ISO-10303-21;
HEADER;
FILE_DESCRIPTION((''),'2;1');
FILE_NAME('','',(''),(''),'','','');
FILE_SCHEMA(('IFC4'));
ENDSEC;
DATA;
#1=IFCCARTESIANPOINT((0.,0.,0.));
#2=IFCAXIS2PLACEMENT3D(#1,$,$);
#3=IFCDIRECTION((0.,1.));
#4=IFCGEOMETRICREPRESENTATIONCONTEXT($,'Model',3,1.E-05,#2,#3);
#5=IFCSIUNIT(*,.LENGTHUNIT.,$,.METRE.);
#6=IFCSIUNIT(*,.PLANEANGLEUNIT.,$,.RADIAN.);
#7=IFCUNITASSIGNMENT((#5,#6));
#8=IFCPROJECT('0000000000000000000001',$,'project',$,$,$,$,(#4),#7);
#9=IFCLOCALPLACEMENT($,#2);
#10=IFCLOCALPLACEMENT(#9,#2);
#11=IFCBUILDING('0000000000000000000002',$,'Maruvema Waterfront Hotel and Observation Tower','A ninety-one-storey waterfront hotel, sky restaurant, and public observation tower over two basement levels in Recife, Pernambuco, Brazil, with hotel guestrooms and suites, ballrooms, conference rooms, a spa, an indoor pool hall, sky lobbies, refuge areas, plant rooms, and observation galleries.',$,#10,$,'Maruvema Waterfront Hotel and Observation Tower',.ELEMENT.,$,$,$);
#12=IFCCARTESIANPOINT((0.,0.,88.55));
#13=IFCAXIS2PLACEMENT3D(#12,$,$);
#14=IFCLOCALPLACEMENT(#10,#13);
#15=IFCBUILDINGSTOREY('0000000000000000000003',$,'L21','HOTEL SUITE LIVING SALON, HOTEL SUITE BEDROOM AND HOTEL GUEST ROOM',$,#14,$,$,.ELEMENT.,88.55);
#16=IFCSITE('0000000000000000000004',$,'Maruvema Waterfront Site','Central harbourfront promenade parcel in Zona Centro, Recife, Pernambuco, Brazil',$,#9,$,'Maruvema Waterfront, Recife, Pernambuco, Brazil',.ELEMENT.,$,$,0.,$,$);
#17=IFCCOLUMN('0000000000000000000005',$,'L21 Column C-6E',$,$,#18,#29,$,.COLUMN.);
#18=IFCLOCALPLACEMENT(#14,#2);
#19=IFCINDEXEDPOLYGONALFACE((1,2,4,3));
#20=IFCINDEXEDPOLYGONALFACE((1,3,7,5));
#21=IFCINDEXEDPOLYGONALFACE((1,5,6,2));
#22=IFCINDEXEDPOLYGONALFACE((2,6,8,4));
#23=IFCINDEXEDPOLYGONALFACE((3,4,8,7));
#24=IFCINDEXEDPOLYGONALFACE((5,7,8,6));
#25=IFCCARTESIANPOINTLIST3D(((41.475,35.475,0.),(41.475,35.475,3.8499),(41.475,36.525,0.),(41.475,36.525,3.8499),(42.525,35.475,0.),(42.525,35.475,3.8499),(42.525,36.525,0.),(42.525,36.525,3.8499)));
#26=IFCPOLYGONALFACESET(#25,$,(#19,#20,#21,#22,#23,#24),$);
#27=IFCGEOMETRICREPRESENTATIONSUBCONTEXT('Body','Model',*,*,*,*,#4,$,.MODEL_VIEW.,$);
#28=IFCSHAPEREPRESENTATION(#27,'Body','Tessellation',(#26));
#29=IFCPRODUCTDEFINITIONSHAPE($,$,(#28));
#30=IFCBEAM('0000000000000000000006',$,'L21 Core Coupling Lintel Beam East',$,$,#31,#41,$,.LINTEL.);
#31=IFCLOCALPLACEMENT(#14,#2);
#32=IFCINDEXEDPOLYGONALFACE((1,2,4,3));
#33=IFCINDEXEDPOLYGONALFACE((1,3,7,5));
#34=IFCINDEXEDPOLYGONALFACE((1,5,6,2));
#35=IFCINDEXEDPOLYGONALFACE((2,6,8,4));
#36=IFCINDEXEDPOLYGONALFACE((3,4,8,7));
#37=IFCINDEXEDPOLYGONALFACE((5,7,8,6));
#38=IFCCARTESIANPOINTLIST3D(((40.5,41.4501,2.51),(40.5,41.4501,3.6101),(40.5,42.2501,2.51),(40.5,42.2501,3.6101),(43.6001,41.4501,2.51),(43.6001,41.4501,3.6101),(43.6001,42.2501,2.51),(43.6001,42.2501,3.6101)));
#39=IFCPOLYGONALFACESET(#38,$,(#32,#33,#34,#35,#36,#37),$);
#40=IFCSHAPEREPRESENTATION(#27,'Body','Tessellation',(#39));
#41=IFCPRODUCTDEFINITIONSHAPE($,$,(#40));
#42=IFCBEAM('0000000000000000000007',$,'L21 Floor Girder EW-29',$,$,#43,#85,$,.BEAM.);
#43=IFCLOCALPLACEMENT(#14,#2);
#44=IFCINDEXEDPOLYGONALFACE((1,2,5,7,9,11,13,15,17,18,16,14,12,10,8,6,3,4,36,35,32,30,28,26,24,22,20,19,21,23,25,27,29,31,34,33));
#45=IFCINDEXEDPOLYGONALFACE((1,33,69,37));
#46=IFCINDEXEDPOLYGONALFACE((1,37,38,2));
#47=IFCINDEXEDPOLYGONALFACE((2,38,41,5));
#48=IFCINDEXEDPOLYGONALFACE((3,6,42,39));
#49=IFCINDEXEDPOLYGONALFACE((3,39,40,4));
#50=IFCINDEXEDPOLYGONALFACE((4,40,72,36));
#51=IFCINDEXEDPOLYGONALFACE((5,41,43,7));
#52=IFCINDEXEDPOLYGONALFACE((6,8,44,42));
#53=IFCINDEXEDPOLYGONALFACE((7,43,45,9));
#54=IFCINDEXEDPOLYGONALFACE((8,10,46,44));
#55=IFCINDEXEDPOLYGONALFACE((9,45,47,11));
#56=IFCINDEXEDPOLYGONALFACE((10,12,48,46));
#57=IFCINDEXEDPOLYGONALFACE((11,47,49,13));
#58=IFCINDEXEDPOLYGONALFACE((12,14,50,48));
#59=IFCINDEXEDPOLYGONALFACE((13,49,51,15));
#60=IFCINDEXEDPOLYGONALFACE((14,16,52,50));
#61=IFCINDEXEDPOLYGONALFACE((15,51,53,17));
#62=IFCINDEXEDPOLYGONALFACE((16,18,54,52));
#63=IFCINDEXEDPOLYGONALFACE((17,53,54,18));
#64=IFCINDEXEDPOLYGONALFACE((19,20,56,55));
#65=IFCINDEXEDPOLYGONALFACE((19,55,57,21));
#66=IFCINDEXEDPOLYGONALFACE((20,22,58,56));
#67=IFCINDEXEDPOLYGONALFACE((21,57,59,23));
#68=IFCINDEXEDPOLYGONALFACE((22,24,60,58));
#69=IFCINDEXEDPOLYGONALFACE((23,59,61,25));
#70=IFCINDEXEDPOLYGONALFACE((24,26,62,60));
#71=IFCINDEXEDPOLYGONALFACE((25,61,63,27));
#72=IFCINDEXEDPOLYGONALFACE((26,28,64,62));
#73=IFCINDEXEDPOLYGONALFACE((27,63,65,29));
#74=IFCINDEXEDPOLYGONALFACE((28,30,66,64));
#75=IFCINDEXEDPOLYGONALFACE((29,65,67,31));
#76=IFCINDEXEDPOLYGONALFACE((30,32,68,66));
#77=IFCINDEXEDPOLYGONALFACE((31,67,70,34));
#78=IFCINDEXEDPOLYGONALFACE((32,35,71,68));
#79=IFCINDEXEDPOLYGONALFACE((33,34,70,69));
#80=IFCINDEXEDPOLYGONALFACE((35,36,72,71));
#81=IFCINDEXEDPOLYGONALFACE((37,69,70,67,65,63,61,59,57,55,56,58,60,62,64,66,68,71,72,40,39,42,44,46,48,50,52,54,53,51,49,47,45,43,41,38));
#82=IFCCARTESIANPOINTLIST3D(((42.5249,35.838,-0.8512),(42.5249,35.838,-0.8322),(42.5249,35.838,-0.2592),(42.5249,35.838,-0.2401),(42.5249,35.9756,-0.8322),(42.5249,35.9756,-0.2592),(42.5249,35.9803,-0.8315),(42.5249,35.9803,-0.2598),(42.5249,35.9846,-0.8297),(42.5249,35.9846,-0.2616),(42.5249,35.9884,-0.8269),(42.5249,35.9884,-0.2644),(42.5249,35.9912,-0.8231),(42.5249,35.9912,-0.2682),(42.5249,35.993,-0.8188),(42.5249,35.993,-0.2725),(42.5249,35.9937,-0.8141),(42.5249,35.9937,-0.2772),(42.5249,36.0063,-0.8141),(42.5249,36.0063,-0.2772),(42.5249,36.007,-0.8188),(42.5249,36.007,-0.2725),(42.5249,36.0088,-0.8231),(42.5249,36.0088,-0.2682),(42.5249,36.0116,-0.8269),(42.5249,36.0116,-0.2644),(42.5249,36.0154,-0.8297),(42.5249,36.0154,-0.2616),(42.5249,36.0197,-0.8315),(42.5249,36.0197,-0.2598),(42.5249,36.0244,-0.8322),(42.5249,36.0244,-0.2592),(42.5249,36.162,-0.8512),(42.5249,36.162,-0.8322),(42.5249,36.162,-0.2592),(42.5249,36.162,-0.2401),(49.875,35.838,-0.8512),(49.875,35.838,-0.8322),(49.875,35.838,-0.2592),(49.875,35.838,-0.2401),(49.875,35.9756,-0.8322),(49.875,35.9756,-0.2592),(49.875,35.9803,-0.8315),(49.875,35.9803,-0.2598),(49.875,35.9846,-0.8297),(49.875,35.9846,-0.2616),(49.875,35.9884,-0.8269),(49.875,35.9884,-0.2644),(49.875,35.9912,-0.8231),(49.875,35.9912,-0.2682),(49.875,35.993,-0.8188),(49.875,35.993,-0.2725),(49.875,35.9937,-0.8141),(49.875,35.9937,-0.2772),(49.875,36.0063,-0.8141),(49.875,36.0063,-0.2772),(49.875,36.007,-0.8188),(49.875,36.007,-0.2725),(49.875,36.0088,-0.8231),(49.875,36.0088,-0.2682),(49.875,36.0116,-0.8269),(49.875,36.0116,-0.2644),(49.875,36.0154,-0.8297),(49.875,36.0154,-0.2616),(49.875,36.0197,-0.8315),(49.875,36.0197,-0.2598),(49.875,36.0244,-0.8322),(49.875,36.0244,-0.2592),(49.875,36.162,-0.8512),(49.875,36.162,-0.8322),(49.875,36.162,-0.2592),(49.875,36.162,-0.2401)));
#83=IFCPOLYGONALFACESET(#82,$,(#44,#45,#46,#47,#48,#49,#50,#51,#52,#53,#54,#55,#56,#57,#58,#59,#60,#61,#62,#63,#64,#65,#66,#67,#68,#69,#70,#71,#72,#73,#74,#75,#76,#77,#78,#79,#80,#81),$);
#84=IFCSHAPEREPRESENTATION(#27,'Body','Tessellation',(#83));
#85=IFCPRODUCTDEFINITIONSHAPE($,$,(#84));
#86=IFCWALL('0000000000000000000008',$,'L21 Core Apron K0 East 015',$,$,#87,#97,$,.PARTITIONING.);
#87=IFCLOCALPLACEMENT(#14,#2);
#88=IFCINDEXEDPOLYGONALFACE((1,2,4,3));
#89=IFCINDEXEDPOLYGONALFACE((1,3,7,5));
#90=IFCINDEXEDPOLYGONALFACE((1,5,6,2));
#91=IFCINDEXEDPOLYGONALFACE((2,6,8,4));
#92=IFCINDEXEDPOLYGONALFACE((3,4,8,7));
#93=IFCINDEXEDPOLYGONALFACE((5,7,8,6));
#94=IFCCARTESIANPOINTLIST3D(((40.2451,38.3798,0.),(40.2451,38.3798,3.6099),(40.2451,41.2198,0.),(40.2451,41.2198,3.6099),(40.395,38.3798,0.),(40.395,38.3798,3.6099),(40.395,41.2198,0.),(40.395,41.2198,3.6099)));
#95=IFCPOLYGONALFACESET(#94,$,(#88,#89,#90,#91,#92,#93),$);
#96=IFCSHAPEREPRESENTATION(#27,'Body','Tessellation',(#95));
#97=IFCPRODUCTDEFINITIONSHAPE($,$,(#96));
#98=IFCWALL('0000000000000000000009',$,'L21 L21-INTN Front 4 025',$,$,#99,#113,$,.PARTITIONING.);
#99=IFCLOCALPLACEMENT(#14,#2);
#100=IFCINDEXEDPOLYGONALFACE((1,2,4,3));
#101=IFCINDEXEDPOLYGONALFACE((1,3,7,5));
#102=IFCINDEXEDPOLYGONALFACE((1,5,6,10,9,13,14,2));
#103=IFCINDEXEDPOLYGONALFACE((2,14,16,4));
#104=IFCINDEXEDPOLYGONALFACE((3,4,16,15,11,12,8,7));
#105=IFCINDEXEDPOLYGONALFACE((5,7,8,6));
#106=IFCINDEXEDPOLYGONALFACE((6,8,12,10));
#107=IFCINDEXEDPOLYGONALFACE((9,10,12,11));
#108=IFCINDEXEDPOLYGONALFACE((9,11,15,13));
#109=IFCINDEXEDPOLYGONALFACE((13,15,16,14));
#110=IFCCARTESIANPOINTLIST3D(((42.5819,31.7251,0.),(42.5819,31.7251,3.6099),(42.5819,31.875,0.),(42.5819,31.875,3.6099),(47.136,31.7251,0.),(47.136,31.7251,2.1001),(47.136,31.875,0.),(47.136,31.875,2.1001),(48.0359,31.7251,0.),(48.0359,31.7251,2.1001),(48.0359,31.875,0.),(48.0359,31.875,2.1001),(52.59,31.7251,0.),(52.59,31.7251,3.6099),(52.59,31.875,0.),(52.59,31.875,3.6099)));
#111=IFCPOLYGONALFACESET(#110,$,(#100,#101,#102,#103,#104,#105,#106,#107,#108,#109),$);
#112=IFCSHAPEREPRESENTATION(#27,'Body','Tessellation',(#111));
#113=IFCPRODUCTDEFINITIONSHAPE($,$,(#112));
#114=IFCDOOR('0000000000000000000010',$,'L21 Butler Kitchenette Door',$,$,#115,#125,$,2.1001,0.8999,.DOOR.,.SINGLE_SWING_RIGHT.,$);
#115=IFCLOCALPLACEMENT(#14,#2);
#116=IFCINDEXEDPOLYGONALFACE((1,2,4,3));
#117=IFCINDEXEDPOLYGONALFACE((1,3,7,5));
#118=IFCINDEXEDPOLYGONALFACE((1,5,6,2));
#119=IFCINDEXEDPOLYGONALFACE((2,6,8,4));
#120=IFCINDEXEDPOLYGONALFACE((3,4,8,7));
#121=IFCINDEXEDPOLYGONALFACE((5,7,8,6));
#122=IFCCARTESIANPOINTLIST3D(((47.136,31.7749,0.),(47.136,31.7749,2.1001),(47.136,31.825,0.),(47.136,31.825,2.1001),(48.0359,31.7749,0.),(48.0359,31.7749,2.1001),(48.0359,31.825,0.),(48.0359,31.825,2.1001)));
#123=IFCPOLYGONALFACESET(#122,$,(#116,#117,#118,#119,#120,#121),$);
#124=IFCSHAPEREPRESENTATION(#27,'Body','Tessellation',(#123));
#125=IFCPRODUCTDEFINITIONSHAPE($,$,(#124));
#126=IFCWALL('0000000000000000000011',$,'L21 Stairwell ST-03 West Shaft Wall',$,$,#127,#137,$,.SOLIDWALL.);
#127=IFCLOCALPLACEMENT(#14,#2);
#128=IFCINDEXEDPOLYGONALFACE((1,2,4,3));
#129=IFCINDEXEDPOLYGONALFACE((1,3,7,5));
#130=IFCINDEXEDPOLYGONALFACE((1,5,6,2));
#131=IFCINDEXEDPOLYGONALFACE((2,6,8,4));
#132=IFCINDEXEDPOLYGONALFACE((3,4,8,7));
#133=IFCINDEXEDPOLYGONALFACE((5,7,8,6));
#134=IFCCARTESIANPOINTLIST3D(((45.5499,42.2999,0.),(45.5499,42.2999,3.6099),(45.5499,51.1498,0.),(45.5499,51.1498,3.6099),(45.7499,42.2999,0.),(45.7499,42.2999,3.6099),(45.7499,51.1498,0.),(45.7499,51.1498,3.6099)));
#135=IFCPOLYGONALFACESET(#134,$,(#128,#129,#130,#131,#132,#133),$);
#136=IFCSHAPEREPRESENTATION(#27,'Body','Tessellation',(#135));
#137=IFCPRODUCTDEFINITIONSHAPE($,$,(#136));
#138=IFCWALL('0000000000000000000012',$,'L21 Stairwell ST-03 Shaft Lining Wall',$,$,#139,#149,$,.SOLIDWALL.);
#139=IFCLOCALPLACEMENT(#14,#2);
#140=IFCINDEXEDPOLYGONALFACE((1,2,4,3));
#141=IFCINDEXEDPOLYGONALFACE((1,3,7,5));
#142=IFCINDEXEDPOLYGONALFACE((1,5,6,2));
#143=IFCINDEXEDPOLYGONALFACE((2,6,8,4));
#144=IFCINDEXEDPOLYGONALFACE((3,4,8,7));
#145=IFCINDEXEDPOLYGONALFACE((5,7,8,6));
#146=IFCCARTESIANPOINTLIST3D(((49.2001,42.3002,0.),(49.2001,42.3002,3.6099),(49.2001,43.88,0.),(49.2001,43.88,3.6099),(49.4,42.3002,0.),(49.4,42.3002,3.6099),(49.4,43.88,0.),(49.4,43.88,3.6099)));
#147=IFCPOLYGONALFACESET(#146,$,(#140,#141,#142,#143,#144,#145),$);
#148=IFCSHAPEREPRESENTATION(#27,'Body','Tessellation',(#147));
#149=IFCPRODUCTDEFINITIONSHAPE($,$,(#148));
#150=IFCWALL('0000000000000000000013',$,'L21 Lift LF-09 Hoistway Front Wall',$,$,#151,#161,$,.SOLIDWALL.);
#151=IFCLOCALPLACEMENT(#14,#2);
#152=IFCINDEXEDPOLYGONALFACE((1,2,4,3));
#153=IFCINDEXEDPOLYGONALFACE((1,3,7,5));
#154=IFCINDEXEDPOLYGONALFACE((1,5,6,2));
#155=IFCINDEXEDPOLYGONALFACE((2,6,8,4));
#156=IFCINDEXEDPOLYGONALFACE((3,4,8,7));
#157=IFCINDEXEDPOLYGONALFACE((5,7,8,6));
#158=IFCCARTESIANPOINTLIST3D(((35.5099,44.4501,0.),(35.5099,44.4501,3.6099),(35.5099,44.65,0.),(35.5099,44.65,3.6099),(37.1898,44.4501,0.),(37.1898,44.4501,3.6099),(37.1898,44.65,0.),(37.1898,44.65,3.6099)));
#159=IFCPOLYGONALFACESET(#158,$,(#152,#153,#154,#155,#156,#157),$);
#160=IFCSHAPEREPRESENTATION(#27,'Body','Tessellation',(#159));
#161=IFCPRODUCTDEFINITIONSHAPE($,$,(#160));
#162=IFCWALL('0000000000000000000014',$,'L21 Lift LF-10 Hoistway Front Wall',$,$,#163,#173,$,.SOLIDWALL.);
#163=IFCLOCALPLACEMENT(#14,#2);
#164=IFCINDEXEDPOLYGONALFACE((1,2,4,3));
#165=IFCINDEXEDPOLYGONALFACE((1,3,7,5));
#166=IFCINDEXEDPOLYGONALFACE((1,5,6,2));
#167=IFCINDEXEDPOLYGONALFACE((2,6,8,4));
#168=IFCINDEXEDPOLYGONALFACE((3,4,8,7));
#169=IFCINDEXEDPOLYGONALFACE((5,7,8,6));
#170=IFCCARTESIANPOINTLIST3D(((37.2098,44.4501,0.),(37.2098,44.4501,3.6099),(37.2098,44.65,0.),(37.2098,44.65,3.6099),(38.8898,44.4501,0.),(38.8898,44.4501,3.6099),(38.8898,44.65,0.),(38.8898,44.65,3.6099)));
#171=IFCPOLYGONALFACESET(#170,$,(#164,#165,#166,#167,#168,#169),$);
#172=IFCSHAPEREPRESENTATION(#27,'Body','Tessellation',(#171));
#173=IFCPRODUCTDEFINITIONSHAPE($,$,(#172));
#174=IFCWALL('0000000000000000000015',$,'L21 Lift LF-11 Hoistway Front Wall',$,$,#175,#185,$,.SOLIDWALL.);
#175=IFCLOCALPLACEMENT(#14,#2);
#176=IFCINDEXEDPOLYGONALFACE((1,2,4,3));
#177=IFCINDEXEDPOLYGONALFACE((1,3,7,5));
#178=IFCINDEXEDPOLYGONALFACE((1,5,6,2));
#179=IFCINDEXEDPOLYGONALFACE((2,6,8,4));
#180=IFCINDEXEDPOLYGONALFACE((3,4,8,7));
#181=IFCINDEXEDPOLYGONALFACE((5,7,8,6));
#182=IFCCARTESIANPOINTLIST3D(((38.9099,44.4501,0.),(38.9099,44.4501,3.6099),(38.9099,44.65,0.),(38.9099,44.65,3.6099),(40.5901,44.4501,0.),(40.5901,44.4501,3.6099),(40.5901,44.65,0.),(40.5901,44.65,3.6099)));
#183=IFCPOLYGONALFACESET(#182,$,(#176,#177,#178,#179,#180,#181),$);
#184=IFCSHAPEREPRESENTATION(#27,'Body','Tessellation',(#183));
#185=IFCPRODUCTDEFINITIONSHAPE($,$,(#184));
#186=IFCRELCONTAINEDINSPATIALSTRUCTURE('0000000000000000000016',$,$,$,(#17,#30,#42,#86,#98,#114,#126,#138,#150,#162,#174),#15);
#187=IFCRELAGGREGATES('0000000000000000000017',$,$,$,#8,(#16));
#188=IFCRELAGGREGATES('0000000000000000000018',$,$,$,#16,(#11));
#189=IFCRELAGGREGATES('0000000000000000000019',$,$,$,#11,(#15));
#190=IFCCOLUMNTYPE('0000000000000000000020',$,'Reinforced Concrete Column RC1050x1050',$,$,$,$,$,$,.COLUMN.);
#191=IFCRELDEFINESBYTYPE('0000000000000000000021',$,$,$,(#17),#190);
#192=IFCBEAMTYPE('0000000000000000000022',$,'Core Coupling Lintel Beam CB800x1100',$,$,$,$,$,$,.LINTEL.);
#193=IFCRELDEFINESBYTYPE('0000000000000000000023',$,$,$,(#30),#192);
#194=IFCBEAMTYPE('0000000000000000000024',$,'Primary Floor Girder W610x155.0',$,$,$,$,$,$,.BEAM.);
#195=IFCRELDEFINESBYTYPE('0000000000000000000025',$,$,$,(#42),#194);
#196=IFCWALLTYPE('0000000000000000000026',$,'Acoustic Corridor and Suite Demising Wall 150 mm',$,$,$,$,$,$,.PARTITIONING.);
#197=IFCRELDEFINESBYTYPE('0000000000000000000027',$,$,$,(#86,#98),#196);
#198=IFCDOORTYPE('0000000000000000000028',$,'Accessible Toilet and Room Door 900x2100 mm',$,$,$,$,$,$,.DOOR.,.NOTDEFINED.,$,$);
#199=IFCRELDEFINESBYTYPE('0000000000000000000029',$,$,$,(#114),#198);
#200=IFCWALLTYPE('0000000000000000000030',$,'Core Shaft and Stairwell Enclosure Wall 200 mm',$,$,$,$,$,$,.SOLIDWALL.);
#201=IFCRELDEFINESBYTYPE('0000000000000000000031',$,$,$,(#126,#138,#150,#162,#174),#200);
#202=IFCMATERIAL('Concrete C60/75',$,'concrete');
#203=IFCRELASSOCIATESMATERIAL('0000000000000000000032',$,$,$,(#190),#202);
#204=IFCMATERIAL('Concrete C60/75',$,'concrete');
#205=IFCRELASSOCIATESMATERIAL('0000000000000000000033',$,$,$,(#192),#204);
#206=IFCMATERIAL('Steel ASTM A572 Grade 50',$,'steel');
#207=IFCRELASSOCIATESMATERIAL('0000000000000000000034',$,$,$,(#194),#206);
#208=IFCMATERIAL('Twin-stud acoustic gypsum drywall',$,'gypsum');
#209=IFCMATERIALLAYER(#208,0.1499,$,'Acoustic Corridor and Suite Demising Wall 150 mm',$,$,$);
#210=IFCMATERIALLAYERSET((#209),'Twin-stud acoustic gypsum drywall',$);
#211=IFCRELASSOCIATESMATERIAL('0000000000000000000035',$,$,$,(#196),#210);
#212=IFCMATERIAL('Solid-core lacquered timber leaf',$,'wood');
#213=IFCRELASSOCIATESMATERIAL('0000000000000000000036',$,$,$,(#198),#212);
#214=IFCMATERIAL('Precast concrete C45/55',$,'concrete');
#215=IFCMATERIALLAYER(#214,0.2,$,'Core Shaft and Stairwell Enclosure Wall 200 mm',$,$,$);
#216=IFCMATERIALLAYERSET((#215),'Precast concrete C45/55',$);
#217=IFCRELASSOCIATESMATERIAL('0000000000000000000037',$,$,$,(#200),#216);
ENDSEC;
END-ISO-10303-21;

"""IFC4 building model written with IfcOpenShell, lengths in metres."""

from ifc_helpers import new_model, si_unit, direction, frame, frame_2d, origin, origin_2d, place, context, subcontext, project, spatial, rectangle, i_section, extrude, material, layer, layer_set, material_profile, profile_set, type_object, element, fill, save


model = new_model("IFC4")

# Units and contexts
model_context = context("Model", 3, precision=1e-05, world=origin(), true_north=direction((0.0, 1.0)))
body_context = subcontext(model_context, "Body", "Model", "MODEL_VIEW")
ifc_project = project(units=[si_unit("LENGTHUNIT", "METRE"), si_unit("PLANEANGLEUNIT", "RADIAN")], contexts=[model_context])

# Site, building, storey
site_placement = place(None, origin())
site = spatial("IfcSite", under=ifc_project, at=site_placement, Name="Maruvema Waterfront Site", Description="Central harbourfront promenade parcel in Zona Centro, Recife, Pernambuco, Brazil", LongName="Maruvema Waterfront, Recife, Pernambuco, Brazil", CompositionType="ELEMENT", RefElevation=0.0)
building_placement = place(site_placement, origin())
building = spatial("IfcBuilding", under=site, at=building_placement, Name="Maruvema Waterfront Hotel and Observation Tower", Description="A ninety-one-storey waterfront hotel, sky restaurant, and public observation tower over two basement levels in Recife, Pernambuco, Brazil, with hotel guestrooms and suites, ballrooms, conference rooms, a spa, an indoor pool hall, sky lobbies, refuge areas, plant rooms, and observation galleries.", LongName="Maruvema Waterfront Hotel and Observation Tower", CompositionType="ELEMENT")
storey_placement = place(building_placement, frame((0.0, 0.0, 88.55)))
storey = spatial("IfcBuildingStorey", under=building, at=storey_placement, Name="L21", Description="HOTEL SUITE LIVING SALON, HOTEL SUITE BEDROOM AND HOTEL GUEST ROOM", CompositionType="ELEMENT", Elevation=88.55)

# Column
ifc_material_1 = material(Name="Concrete C60/75", Category="concrete")
ifc_material_profile_1 = material_profile(ifc_material_1, rectangle(XDim=1.05, YDim=1.05, at=origin_2d()), Name="RC1050x1050")
ifc_profile_set_1 = profile_set([ifc_material_profile_1], Name="Concrete C60/75")
column_type = type_object("IfcColumnType", Name="Reinforced Concrete Column RC1050x1050", PredefinedType="COLUMN", material=ifc_profile_set_1)
column_placement = place(storey_placement, frame((42.0, 36.0, 0.0), z_axis=(0.0, 0.0, 1.0), x_axis=(1.0, 0.0, 0.0)))
element("IfcColumn", 1, at=column_placement, inside=storey, type_object=column_type, Name="L21 Column C-6E", PredefinedType="COLUMN", context=body_context, shape_type="SweptSolid", body=[
    extrude(rectangle(XDim=1.05, YDim=1.05, at=origin_2d()), origin(), (0.0, 0.0, 1.0), 3.8499),
])

# Beams
ifc_material_2 = material(Name="Concrete C60/75", Category="concrete")
ifc_material_profile_2 = material_profile(ifc_material_2, rectangle(XDim=0.8, YDim=1.1001, at=origin_2d()), Name="CB800x1100")
ifc_profile_set_2 = profile_set([ifc_material_profile_2], Name="Concrete C60/75")
beam_type_1 = type_object("IfcBeamType", Name="Core Coupling Lintel Beam CB800x1100", PredefinedType="LINTEL", material=ifc_profile_set_2)
beam_1_placement = place(storey_placement, frame((40.5, 41.8501, 3.0601), z_axis=(1.0, 0.0, 0.0), x_axis=(0.0, 1.0, 0.0)))
element("IfcBeam", 2, at=beam_1_placement, inside=storey, type_object=beam_type_1, Name="L21 Core Coupling Lintel Beam East", PredefinedType="LINTEL", context=body_context, shape_type="SweptSolid", body=[
    extrude(rectangle(XDim=0.8, YDim=1.1001, at=origin_2d()), origin(), (0.0, 0.0, 1.0), 3.1001),
])
ifc_material_3 = material(Name="Steel ASTM A572 Grade 50", Category="steel")
ifc_material_profile_3 = material_profile(ifc_material_3, i_section(OverallWidth=0.324, OverallDepth=0.6111, WebThickness=0.0127, FlangeThickness=0.019, FilletRadius=0.0181, at=origin_2d()), Name="W610x155.0")
ifc_profile_set_3 = profile_set([ifc_material_profile_3], Name="Steel ASTM A572 Grade 50")
beam_type_2 = type_object("IfcBeamType", Name="Primary Floor Girder W610x155.0", PredefinedType="BEAM", material=ifc_profile_set_3)
beam_2_placement = place(storey_placement, frame((42.5249, 36.0, -0.5457), z_axis=(1.0, 0.0, 0.0), x_axis=(0.0, 1.0, 0.0)))
element("IfcBeam", 3, at=beam_2_placement, inside=storey, type_object=beam_type_2, Name="L21 Floor Girder EW-29", PredefinedType="BEAM", context=body_context, shape_type="SweptSolid", body=[
    extrude(i_section(OverallWidth=0.324, OverallDepth=0.6111, WebThickness=0.0127, FlangeThickness=0.019, FilletRadius=0.0181, at=origin_2d()), origin(), (0.0, 0.0, 1.0), 7.3501),
])

# Wall
ifc_material_4 = material(Name="Twin-stud acoustic gypsum drywall", Category="gypsum")
ifc_layer_1 = layer(ifc_material_4, 0.1499, Name="Acoustic Corridor and Suite Demising Wall 150 mm")
ifc_layer_set_1 = layer_set([ifc_layer_1], Name="Twin-stud acoustic gypsum drywall")
wall_type_1 = type_object("IfcWallType", Name="Acoustic Corridor and Suite Demising Wall 150 mm", PredefinedType="PARTITIONING", material=ifc_layer_set_1)
wall_1_placement = place(storey_placement, frame((40.3201, 38.3799, 0.0), z_axis=(0.0, 0.0, 1.0), x_axis=(0.0, 1.0, 0.0)))
element("IfcWall", 4, at=wall_1_placement, inside=storey, type_object=wall_type_1, Name="L21 Core Apron K0 East 015", PredefinedType="PARTITIONING", context=body_context, shape_type="SweptSolid", body=[
    extrude(rectangle(XDim=2.8401, YDim=0.1499, at=frame_2d((1.4199, 0.0))), origin(), (0.0, 0.0, 1.0), 3.6099),
])

# Wall, opening, door
wall_2_placement = place(storey_placement, frame((42.582, 31.8, 0.0), z_axis=(0.0, 0.0, 1.0), x_axis=(1.0, 0.0, 0.0)))
wall_2 = element("IfcWall", 5, at=wall_2_placement, inside=storey, type_object=wall_type_1, Name="L21 L21-INTN Front 4 025", PredefinedType="PARTITIONING", context=body_context, shape_type="SweptSolid", body=[
    extrude(rectangle(XDim=10.0081, YDim=0.1499, at=frame_2d((5.0039, 0.0))), origin(), (0.0, 0.0, 1.0), 3.6099),
])
opening_1_placement = place(wall_2_placement, frame((4.554, 0.0, 0.0)))
opening_1 = element("IfcOpeningElement", 6, at=opening_1_placement, cuts=wall_2, PredefinedType="OPENING", context=body_context, shape_type="SweptSolid", body=[
    extrude(rectangle(XDim=0.8999, YDim=2.1001, at=frame_2d((0.45, 1.05))), frame((0.0, 0.085, 0.0), z_axis=(0.0, -1.0, 0.0), x_axis=(1.0, 0.0, 0.0)), (0.0, 0.0, 1.0), 0.1699),
])
ifc_material_5 = material(Name="Solid-core lacquered timber leaf", Category="wood")
door_type_1 = type_object("IfcDoorType", Name="Accessible Toilet and Room Door 900x2100 mm", OperationType="NOTDEFINED", PredefinedType="DOOR", material=ifc_material_5)
door_1_placement = place(opening_1_placement, origin())
door_1 = element("IfcDoor", 7, at=door_1_placement, inside=storey, type_object=door_type_1, Name="L21 Butler Kitchenette Door", OperationType="SINGLE_SWING_RIGHT", OverallHeight=2.1001, OverallWidth=0.8999, PredefinedType="DOOR", context=body_context, shape_type="SweptSolid", body=[
    extrude(rectangle(XDim=0.8999, YDim=2.1001, at=frame_2d((0.45, 1.05))), frame((0.0, 0.0249, 0.0), z_axis=(0.0, -1.0, 0.0), x_axis=(1.0, 0.0, 0.0)), (0.0, 0.0, 1.0), 0.05),
])
fill(opening_1, door_1)

# Walls
ifc_material_6 = material(Name="Precast concrete C45/55", Category="concrete")
ifc_layer_2 = layer(ifc_material_6, 0.2, Name="Core Shaft and Stairwell Enclosure Wall 200 mm")
ifc_layer_set_2 = layer_set([ifc_layer_2], Name="Precast concrete C45/55")
wall_type_2 = type_object("IfcWallType", Name="Core Shaft and Stairwell Enclosure Wall 200 mm", PredefinedType="SOLIDWALL", material=ifc_layer_set_2)
wall_3_placement = place(storey_placement, frame((45.6499, 42.3, 0.0), z_axis=(0.0, 0.0, 1.0), x_axis=(0.0, 1.0, 0.0)))
element("IfcWall", 8, at=wall_3_placement, inside=storey, type_object=wall_type_2, Name="L21 Stairwell ST-03 West Shaft Wall", PredefinedType="SOLIDWALL", context=body_context, shape_type="SweptSolid", body=[
    extrude(rectangle(XDim=8.8499, YDim=0.2, at=frame_2d((4.4248, 0.0))), origin(), (0.0, 0.0, 1.0), 3.6099),
])
wall_4_placement = place(storey_placement, frame((49.3, 42.3, 0.0), z_axis=(0.0, 0.0, 1.0), x_axis=(0.0, 1.0, 0.0)))
element("IfcWall", 9, at=wall_4_placement, inside=storey, type_object=wall_type_2, Name="L21 Stairwell ST-03 Shaft Lining Wall", PredefinedType="SOLIDWALL", context=body_context, shape_type="SweptSolid", body=[
    extrude(rectangle(XDim=1.5798, YDim=0.2, at=frame_2d((0.79, 0.0))), origin(), (0.0, 0.0, 1.0), 3.6099),
])
for number, where, z_axis, x_axis, name in (
    (10, (35.51, 44.55, 0.0), (0.0, 0.0, 1.0), (1.0, 0.0, 0.0), "L21 Lift LF-09 Hoistway Front Wall"),
    (11, (37.21, 44.55, 0.0), (0.0, 0.0, 1.0), (1.0, 0.0, 0.0), "L21 Lift LF-10 Hoistway Front Wall"),
):
    element("IfcWall", number, at=place(storey_placement, frame(where, z_axis=z_axis, x_axis=x_axis)), inside=storey, type_object=wall_type_2, Name=name, PredefinedType="SOLIDWALL", context=body_context, shape_type="SweptSolid", body=[
        extrude(rectangle(XDim=1.6799, YDim=0.2, at=frame_2d((0.8398, 0.0))), origin(), (0.0, 0.0, 1.0), 3.6099),
    ])
wall_5_placement = place(storey_placement, frame((38.9099, 44.55, 0.0), z_axis=(0.0, 0.0, 1.0), x_axis=(1.0, 0.0, 0.0)))
element("IfcWall", 12, at=wall_5_placement, inside=storey, type_object=wall_type_2, Name="L21 Lift LF-11 Hoistway Front Wall", PredefinedType="SOLIDWALL", context=body_context, shape_type="SweptSolid", body=[
    extrude(rectangle(XDim=1.6802, YDim=0.2, at=frame_2d((0.8401, 0.0))), origin(), (0.0, 0.0, 1.0), 3.6099),
])

save(model, "model.ifc")
